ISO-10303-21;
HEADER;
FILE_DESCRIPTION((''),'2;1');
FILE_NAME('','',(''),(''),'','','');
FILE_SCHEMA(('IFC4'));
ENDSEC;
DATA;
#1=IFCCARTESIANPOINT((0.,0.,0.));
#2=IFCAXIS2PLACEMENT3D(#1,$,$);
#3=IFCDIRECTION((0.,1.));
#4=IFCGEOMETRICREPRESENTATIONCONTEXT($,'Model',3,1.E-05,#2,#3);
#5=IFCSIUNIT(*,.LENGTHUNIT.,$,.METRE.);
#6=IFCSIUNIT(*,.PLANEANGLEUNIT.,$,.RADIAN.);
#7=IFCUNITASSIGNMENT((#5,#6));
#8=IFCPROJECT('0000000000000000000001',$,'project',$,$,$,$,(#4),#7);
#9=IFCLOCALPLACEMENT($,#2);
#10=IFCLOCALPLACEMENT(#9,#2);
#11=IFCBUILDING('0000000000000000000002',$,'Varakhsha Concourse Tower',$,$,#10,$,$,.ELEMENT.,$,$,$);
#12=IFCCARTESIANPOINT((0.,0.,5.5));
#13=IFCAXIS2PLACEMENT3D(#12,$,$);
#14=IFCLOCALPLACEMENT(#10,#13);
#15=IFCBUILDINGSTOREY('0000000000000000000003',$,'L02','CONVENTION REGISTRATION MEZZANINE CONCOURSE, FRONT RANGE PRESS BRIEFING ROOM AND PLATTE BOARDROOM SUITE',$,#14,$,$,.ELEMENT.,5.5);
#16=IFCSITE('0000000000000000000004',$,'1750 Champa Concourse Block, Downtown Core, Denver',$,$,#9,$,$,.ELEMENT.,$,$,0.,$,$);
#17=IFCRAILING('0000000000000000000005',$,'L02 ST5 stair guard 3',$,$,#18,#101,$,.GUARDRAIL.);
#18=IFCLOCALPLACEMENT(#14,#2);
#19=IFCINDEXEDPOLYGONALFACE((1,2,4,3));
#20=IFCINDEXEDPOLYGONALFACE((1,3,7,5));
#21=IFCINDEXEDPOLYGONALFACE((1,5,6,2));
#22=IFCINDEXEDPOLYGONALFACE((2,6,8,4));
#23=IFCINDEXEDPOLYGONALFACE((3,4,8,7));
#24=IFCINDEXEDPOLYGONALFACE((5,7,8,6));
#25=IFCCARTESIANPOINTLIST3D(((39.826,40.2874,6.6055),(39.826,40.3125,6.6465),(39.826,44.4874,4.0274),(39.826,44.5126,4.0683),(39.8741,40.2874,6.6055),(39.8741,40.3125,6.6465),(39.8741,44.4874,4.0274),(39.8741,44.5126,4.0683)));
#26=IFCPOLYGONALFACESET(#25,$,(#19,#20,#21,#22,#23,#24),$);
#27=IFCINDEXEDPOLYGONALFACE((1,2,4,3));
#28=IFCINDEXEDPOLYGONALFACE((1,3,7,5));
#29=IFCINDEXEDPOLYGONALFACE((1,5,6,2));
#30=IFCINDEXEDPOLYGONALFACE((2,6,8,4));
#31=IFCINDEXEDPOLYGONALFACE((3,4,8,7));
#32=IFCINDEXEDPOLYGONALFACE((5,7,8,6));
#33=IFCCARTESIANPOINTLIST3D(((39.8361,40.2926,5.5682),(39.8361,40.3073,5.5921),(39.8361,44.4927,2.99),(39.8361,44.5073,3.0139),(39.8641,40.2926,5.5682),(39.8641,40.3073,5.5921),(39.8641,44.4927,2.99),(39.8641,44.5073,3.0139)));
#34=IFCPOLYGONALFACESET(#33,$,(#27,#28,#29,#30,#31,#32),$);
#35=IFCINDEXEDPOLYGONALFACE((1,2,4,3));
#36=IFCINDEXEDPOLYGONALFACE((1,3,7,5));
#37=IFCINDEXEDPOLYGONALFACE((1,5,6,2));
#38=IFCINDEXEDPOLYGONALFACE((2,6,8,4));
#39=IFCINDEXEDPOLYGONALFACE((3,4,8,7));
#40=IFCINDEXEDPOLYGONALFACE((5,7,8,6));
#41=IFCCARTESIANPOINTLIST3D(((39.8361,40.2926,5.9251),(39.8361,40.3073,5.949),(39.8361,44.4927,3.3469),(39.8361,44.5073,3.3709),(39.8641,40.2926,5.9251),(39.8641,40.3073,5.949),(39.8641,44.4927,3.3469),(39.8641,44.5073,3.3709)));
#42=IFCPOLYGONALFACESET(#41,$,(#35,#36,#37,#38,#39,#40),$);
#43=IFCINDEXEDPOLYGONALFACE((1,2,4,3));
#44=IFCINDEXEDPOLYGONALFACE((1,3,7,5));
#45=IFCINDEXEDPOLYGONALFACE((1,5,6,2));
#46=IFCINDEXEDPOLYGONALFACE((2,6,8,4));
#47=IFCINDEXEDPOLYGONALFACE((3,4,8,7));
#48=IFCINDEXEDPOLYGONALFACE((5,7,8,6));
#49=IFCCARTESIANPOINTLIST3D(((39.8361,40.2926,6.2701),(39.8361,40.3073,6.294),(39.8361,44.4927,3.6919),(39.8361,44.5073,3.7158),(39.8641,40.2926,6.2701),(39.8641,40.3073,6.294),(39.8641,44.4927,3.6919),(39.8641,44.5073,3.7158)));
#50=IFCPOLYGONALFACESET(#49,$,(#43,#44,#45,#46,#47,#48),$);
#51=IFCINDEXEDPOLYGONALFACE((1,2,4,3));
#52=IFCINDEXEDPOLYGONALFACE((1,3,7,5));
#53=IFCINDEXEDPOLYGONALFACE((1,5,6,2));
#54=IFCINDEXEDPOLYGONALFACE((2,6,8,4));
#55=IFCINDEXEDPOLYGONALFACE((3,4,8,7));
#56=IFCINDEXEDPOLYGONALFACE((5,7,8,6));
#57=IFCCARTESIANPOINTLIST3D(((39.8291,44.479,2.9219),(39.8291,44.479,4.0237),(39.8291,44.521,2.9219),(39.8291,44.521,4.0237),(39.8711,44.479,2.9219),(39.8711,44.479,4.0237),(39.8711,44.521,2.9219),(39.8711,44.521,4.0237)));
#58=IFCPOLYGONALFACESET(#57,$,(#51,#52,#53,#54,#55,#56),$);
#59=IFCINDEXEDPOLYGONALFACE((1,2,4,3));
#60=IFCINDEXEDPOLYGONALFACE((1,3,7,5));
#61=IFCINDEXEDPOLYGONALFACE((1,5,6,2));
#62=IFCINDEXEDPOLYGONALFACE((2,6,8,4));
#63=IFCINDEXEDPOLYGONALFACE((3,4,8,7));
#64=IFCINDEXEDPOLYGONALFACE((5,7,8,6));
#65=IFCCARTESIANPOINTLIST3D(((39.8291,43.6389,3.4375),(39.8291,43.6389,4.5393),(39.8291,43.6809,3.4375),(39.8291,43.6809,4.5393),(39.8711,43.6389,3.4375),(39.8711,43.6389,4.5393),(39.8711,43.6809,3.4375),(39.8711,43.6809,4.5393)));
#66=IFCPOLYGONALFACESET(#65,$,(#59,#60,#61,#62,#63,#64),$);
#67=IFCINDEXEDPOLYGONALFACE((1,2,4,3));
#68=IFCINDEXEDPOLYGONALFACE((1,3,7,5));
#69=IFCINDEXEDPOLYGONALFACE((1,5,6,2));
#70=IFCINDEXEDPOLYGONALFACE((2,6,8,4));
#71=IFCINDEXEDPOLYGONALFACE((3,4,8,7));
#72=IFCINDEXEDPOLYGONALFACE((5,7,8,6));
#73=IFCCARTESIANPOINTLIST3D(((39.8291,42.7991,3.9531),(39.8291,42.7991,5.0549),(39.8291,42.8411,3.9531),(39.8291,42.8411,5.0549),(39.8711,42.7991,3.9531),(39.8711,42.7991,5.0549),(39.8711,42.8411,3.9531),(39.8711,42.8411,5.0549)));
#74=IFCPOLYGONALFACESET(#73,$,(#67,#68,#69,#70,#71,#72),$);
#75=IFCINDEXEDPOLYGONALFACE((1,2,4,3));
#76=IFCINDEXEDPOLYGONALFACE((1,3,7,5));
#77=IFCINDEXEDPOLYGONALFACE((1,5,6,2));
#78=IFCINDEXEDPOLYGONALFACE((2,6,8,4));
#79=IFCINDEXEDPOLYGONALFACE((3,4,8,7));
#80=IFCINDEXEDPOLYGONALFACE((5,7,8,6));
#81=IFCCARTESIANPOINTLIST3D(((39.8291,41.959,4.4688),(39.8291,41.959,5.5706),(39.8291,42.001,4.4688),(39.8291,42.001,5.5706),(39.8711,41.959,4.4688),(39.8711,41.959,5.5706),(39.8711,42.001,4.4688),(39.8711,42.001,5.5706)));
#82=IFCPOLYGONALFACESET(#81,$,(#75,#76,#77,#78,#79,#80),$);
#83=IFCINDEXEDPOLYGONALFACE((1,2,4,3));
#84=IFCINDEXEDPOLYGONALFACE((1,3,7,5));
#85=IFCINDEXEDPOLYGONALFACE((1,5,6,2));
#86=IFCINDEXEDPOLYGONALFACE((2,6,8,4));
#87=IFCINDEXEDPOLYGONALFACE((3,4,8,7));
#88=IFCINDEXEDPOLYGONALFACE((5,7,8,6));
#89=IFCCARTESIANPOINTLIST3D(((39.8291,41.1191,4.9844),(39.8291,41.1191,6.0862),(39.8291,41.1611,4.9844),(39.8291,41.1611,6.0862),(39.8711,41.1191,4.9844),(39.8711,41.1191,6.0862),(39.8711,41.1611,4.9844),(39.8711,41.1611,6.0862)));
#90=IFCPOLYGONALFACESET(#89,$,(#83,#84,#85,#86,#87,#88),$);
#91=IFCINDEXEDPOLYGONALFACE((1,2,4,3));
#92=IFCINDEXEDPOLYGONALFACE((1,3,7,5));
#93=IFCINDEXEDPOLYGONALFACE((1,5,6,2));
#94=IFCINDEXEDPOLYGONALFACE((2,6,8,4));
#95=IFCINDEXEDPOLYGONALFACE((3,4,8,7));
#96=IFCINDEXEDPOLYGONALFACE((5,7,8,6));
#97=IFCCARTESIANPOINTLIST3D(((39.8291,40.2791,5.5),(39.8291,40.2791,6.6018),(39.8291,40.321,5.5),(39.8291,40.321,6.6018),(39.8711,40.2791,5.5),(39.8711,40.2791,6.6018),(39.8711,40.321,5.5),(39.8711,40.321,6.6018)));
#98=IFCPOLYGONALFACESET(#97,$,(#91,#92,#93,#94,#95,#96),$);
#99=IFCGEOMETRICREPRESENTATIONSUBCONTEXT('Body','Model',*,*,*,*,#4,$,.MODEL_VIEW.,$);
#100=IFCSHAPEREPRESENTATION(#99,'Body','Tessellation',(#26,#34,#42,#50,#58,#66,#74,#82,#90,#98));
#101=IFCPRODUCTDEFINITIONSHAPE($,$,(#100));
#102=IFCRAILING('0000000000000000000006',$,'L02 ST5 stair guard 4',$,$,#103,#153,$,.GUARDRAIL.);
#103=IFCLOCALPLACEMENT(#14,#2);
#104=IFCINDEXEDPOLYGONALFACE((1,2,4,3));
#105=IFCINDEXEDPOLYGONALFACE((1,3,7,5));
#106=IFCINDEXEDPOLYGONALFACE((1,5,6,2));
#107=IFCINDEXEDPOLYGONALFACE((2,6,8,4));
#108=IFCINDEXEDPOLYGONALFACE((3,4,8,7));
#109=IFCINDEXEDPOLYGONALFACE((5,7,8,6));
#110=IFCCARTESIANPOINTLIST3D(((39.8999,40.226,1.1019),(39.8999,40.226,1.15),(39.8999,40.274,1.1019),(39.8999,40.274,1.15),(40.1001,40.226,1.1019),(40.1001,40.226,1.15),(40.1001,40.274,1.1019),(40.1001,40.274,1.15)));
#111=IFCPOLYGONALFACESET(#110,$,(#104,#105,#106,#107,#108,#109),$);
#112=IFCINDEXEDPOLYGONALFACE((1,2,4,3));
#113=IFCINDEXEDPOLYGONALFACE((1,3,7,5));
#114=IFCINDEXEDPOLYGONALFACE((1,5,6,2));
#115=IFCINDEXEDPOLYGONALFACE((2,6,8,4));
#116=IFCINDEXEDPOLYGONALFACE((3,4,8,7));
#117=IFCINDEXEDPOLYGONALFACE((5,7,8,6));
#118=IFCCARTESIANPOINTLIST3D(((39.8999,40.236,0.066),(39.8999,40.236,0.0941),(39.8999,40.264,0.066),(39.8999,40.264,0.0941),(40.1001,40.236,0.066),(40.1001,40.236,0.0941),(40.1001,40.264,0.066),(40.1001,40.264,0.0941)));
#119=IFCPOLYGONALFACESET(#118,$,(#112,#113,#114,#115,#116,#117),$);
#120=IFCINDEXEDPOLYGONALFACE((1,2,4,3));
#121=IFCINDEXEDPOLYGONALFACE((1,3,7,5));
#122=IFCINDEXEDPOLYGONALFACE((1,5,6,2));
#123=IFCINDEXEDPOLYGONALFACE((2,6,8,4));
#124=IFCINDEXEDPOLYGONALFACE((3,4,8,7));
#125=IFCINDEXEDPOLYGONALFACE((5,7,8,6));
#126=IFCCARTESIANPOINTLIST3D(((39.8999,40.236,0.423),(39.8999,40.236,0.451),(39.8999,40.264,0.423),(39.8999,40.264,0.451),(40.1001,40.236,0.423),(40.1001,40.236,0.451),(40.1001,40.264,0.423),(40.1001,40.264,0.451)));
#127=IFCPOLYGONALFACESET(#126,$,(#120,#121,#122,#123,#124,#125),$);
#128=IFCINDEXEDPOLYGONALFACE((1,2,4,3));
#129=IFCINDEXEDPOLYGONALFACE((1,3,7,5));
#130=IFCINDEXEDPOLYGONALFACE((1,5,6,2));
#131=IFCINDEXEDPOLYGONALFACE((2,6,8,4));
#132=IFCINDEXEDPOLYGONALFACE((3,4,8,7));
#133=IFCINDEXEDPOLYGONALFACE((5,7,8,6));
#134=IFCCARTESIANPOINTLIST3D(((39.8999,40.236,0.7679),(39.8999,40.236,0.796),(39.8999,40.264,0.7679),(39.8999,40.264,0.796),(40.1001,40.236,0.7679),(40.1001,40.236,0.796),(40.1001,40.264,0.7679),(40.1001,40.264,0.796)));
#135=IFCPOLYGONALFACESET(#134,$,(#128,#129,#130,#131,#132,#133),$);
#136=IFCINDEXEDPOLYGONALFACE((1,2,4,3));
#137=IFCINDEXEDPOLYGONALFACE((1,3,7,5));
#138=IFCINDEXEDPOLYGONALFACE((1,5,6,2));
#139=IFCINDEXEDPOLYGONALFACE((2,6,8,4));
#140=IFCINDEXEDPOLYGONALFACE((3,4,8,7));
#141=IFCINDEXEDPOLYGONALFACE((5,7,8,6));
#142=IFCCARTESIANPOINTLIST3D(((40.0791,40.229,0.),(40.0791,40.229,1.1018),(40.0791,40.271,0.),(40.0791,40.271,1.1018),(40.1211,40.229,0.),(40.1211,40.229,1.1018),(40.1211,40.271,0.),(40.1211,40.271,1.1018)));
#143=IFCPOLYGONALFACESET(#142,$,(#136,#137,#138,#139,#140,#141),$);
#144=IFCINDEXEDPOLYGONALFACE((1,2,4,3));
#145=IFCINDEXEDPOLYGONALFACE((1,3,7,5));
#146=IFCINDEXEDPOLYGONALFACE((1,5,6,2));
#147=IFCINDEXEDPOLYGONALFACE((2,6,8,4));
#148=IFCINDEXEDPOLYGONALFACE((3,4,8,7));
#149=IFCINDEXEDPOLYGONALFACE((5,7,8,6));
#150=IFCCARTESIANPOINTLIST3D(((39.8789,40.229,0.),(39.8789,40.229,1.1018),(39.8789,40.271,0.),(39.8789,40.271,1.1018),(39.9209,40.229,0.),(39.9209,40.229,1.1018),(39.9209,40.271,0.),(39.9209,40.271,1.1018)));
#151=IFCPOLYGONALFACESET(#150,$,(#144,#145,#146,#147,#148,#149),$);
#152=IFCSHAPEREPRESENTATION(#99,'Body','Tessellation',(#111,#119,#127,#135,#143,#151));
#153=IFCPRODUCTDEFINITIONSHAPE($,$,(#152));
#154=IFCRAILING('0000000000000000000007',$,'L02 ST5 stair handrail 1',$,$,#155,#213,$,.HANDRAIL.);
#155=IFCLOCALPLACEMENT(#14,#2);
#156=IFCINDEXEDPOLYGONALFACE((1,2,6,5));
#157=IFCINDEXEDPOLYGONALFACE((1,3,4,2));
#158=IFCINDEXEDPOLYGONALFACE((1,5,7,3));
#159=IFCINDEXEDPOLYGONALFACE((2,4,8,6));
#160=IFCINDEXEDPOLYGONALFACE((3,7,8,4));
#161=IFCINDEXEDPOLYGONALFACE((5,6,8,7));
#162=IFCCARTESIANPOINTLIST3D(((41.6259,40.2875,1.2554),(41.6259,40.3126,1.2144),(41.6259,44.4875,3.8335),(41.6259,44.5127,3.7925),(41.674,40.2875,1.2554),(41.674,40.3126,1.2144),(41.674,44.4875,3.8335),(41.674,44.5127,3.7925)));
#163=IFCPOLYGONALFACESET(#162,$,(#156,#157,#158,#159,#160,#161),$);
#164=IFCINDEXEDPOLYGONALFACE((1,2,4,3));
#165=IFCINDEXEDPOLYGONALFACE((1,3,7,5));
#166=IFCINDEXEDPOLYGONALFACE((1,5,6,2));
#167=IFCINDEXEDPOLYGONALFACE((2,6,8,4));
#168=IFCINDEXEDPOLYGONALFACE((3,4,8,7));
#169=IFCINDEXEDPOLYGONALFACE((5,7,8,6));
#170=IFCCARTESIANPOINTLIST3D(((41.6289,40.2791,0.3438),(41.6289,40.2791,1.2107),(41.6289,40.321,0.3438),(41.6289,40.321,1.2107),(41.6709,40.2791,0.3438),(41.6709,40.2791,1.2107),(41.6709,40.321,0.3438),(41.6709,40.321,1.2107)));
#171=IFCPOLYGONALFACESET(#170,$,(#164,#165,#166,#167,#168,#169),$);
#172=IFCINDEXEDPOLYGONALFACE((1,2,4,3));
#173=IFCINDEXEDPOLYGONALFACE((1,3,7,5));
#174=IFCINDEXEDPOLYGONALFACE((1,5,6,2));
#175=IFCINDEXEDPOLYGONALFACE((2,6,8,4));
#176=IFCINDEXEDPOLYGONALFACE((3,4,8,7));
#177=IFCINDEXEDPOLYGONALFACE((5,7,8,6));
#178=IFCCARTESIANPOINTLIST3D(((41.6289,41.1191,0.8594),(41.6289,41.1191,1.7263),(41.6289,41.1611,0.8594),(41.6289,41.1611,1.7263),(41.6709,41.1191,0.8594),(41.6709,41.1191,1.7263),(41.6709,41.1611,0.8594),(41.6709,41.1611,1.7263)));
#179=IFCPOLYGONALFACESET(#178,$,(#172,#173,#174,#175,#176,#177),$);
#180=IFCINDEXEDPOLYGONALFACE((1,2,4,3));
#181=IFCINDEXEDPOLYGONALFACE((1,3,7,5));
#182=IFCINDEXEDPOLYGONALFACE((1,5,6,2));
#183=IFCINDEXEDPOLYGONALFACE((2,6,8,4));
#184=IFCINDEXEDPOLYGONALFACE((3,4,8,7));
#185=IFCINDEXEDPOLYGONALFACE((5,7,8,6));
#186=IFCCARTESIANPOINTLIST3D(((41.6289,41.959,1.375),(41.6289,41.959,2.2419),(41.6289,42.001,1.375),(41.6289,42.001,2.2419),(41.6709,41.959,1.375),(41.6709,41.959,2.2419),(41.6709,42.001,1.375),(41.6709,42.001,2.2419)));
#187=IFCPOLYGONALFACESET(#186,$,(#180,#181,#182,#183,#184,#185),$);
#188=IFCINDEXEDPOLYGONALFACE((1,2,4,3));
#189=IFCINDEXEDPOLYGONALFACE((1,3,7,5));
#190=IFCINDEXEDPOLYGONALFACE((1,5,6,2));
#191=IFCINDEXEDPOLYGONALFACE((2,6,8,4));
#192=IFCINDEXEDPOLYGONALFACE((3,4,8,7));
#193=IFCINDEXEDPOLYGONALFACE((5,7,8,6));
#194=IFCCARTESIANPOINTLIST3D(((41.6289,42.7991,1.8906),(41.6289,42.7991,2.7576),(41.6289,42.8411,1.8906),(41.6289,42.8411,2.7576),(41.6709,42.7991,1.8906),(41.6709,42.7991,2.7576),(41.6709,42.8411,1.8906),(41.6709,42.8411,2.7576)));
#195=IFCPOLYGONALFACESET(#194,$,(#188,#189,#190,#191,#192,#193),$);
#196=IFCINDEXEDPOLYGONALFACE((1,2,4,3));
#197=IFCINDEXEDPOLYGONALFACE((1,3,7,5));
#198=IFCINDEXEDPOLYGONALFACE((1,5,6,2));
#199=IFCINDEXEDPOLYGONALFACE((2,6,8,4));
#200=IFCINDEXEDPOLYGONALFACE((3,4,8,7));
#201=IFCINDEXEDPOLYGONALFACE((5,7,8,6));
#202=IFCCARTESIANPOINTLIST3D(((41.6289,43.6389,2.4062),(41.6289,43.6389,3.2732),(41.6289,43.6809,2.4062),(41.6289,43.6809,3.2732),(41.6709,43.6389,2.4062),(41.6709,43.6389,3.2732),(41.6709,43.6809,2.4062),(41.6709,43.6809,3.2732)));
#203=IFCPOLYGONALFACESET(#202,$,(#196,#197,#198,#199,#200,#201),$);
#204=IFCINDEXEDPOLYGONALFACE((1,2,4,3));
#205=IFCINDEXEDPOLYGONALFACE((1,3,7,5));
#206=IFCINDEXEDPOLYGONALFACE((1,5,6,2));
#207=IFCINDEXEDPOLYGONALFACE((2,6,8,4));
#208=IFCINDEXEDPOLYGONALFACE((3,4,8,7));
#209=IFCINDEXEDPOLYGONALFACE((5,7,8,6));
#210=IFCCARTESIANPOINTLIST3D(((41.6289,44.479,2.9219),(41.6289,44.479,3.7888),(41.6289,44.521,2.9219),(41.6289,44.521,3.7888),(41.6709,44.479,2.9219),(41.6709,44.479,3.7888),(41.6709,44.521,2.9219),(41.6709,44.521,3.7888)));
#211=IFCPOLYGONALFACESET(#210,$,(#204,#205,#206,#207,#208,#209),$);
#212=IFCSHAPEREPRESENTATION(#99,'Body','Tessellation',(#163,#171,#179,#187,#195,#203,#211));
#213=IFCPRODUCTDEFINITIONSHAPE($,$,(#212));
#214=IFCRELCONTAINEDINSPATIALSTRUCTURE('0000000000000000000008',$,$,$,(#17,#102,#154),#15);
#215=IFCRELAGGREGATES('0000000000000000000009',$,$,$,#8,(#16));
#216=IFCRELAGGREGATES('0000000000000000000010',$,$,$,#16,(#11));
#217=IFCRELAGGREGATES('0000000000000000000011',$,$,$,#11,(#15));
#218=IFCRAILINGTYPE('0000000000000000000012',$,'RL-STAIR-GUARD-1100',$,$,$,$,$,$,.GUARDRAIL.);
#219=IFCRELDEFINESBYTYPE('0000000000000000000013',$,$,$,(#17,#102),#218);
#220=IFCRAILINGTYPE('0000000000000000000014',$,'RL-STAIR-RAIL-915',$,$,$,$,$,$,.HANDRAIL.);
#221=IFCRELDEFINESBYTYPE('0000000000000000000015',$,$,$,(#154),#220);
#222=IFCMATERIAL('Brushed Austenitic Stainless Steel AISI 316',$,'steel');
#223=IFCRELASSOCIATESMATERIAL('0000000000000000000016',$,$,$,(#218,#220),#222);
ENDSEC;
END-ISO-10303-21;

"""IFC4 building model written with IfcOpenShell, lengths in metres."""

from ifc_helpers import new_model, si_unit, direction, frame, origin, origin_2d, place, context, subcontext, project, spatial, rectangle, extrude, material, type_object, element, save


model = new_model("IFC4")

# Units and contexts
model_context = context("Model", 3, precision=1e-05, world=origin(), true_north=direction((0.0, 1.0)))
body_context = subcontext(model_context, "Body", "Model", "MODEL_VIEW")
ifc_project = project(units=[si_unit("LENGTHUNIT", "METRE"), si_unit("PLANEANGLEUNIT", "RADIAN")], contexts=[model_context])

# Site, building, storey
site_placement = place(None, origin())
site = spatial("IfcSite", under=ifc_project, at=site_placement, Name="1750 Champa Concourse Block, Downtown Core, Denver", CompositionType="ELEMENT", RefElevation=0.0)
building_placement = place(site_placement, origin())
building = spatial("IfcBuilding", under=site, at=building_placement, Name="Varakhsha Concourse Tower", CompositionType="ELEMENT")
storey_placement = place(building_placement, frame((0.0, 0.0, 5.5)))
storey = spatial("IfcBuildingStorey", under=building, at=storey_placement, Name="L02", Description="CONVENTION REGISTRATION MEZZANINE CONCOURSE, FRONT RANGE PRESS BRIEFING ROOM AND PLATTE BOARDROOM SUITE", CompositionType="ELEMENT", Elevation=5.5)

# Railings
ifc_material_1 = material(Name="Brushed Austenitic Stainless Steel AISI 316", Category="steel")
railing_type_1 = type_object("IfcRailingType", Name="RL-STAIR-GUARD-1100", PredefinedType="GUARDRAIL", material=ifc_material_1)
railing_1_placement = place(storey_placement, frame((39.8501, 44.5, 2.9219)))
element("IfcRailing", 1, at=railing_1_placement, inside=storey, type_object=railing_type_1, Name="L02 ST5 stair guard 3", PredefinedType="GUARDRAIL", context=body_context, shape_type="SweptSolid", body=[
    extrude(rectangle(XDim=0.0481, YDim=0.0481, at=origin_2d()), frame((0.0, 0.0, 1.126), z_axis=(0.0, -0.852243, 0.523146), x_axis=(1.0, 0.0, 0.0)), (0.0, 0.0, 1.0), 4.9282),
    extrude(rectangle(XDim=0.0281, YDim=0.0281, at=origin_2d()), frame((0.0, 0.0, 0.0801), z_axis=(0.0, -0.852243, 0.523146), x_axis=(1.0, 0.0, 0.0)), (0.0, 0.0, 1.0), 4.9282),
    extrude(rectangle(XDim=0.0281, YDim=0.0281, at=origin_2d()), frame((0.0, 0.0, 0.437), z_axis=(0.0, -0.852243, 0.523146), x_axis=(1.0, 0.0, 0.0)), (0.0, 0.0, 1.0), 4.9282),
    extrude(rectangle(XDim=0.0281, YDim=0.0281, at=origin_2d()), frame((0.0, 0.0, 0.782), z_axis=(0.0, -0.852243, 0.523146), x_axis=(1.0, 0.0, 0.0)), (0.0, 0.0, 1.0), 4.9282),
    extrude(rectangle(XDim=0.042, YDim=0.042, at=origin_2d()), origin(), (0.0, 0.0, 1.0), 1.1018),
    extrude(rectangle(XDim=0.042, YDim=0.042, at=origin_2d()), frame((0.0, -0.8401, 0.5156)), (0.0, 0.0, 1.0), 1.1018),
    extrude(rectangle(XDim=0.042, YDim=0.042, at=origin_2d()), frame((0.0, -1.6799, 1.0312)), (0.0, 0.0, 1.0), 1.1018),
    extrude(rectangle(XDim=0.042, YDim=0.042, at=origin_2d()), frame((0.0, -2.52, 1.5469)), (0.0, 0.0, 1.0), 1.1018),
    extrude(rectangle(XDim=0.042, YDim=0.042, at=origin_2d()), frame((0.0, -3.3599, 2.0625)), (0.0, 0.0, 1.0), 1.1018),
    extrude(rectangle(XDim=0.042, YDim=0.042, at=origin_2d()), frame((0.0, -4.2, 2.5781)), (0.0, 0.0, 1.0), 1.1018),
])
railing_2_placement = place(storey_placement, frame((40.1001, 40.25, 0.0)))
element("IfcRailing", 2, at=railing_2_placement, inside=storey, type_object=railing_type_1, Name="L02 ST5 stair guard 4", PredefinedType="GUARDRAIL", context=body_context, shape_type="SweptSolid", body=[
    extrude(rectangle(XDim=0.0481, YDim=0.0481, at=origin_2d()), frame((0.0, 0.0, 1.126), z_axis=(-1.0, 0.0, 0.0), x_axis=(0.0, -1.0, 0.0)), (0.0, 0.0, 1.0), 0.2002),
    extrude(rectangle(XDim=0.0281, YDim=0.0281, at=origin_2d()), frame((0.0, 0.0, 0.0801), z_axis=(-1.0, 0.0, 0.0), x_axis=(0.0, -1.0, 0.0)), (0.0, 0.0, 1.0), 0.2002),
    extrude(rectangle(XDim=0.0281, YDim=0.0281, at=origin_2d()), frame((0.0, 0.0, 0.437), z_axis=(-1.0, 0.0, 0.0), x_axis=(0.0, -1.0, 0.0)), (0.0, 0.0, 1.0), 0.2002),
    extrude(rectangle(XDim=0.0281, YDim=0.0281, at=origin_2d()), frame((0.0, 0.0, 0.782), z_axis=(-1.0, 0.0, 0.0), x_axis=(0.0, -1.0, 0.0)), (0.0, 0.0, 1.0), 0.2002),
    extrude(rectangle(XDim=0.042, YDim=0.042, at=origin_2d()), origin(), (0.0, 0.0, 1.0), 1.1018),
    extrude(rectangle(XDim=0.042, YDim=0.042, at=origin_2d()), frame((-0.2002, 0.0, 0.0)), (0.0, 0.0, 1.0), 1.1018),
])
railing_type_2 = type_object("IfcRailingType", Name="RL-STAIR-RAIL-915", PredefinedType="HANDRAIL", material=ifc_material_1)
railing_3_placement = place(storey_placement, frame((41.6499, 40.3, 0.3438)))
element("IfcRailing", 3, at=railing_3_placement, inside=storey, type_object=railing_type_2, Name="L02 ST5 stair handrail 1", PredefinedType="HANDRAIL", context=body_context, shape_type="SweptSolid", body=[
    extrude(rectangle(XDim=0.0481, YDim=0.0481, at=origin_2d()), frame((0.0, 0.0, 0.8911), z_axis=(0.0, 0.852243, 0.523146), x_axis=(-1.0, 0.0, 0.0)), (0.0, 0.0, 1.0), 4.9282),
    extrude(rectangle(XDim=0.042, YDim=0.042, at=origin_2d()), origin(), (0.0, 0.0, 1.0), 0.8669),
    extrude(rectangle(XDim=0.042, YDim=0.042, at=origin_2d()), frame((0.0, 0.8401, 0.5156)), (0.0, 0.0, 1.0), 0.8669),
    extrude(rectangle(XDim=0.042, YDim=0.042, at=origin_2d()), frame((0.0, 1.6799, 1.0312)), (0.0, 0.0, 1.0), 0.8669),
    extrude(rectangle(XDim=0.042, YDim=0.042, at=origin_2d()), frame((0.0, 2.52, 1.5469)), (0.0, 0.0, 1.0), 0.8669),
    extrude(rectangle(XDim=0.042, YDim=0.042, at=origin_2d()), frame((0.0, 3.3599, 2.0625)), (0.0, 0.0, 1.0), 0.8669),
    extrude(rectangle(XDim=0.042, YDim=0.042, at=origin_2d()), frame((0.0, 4.2, 2.5781)), (0.0, 0.0, 1.0), 0.8669),
])

save(model, "model.ifc")
